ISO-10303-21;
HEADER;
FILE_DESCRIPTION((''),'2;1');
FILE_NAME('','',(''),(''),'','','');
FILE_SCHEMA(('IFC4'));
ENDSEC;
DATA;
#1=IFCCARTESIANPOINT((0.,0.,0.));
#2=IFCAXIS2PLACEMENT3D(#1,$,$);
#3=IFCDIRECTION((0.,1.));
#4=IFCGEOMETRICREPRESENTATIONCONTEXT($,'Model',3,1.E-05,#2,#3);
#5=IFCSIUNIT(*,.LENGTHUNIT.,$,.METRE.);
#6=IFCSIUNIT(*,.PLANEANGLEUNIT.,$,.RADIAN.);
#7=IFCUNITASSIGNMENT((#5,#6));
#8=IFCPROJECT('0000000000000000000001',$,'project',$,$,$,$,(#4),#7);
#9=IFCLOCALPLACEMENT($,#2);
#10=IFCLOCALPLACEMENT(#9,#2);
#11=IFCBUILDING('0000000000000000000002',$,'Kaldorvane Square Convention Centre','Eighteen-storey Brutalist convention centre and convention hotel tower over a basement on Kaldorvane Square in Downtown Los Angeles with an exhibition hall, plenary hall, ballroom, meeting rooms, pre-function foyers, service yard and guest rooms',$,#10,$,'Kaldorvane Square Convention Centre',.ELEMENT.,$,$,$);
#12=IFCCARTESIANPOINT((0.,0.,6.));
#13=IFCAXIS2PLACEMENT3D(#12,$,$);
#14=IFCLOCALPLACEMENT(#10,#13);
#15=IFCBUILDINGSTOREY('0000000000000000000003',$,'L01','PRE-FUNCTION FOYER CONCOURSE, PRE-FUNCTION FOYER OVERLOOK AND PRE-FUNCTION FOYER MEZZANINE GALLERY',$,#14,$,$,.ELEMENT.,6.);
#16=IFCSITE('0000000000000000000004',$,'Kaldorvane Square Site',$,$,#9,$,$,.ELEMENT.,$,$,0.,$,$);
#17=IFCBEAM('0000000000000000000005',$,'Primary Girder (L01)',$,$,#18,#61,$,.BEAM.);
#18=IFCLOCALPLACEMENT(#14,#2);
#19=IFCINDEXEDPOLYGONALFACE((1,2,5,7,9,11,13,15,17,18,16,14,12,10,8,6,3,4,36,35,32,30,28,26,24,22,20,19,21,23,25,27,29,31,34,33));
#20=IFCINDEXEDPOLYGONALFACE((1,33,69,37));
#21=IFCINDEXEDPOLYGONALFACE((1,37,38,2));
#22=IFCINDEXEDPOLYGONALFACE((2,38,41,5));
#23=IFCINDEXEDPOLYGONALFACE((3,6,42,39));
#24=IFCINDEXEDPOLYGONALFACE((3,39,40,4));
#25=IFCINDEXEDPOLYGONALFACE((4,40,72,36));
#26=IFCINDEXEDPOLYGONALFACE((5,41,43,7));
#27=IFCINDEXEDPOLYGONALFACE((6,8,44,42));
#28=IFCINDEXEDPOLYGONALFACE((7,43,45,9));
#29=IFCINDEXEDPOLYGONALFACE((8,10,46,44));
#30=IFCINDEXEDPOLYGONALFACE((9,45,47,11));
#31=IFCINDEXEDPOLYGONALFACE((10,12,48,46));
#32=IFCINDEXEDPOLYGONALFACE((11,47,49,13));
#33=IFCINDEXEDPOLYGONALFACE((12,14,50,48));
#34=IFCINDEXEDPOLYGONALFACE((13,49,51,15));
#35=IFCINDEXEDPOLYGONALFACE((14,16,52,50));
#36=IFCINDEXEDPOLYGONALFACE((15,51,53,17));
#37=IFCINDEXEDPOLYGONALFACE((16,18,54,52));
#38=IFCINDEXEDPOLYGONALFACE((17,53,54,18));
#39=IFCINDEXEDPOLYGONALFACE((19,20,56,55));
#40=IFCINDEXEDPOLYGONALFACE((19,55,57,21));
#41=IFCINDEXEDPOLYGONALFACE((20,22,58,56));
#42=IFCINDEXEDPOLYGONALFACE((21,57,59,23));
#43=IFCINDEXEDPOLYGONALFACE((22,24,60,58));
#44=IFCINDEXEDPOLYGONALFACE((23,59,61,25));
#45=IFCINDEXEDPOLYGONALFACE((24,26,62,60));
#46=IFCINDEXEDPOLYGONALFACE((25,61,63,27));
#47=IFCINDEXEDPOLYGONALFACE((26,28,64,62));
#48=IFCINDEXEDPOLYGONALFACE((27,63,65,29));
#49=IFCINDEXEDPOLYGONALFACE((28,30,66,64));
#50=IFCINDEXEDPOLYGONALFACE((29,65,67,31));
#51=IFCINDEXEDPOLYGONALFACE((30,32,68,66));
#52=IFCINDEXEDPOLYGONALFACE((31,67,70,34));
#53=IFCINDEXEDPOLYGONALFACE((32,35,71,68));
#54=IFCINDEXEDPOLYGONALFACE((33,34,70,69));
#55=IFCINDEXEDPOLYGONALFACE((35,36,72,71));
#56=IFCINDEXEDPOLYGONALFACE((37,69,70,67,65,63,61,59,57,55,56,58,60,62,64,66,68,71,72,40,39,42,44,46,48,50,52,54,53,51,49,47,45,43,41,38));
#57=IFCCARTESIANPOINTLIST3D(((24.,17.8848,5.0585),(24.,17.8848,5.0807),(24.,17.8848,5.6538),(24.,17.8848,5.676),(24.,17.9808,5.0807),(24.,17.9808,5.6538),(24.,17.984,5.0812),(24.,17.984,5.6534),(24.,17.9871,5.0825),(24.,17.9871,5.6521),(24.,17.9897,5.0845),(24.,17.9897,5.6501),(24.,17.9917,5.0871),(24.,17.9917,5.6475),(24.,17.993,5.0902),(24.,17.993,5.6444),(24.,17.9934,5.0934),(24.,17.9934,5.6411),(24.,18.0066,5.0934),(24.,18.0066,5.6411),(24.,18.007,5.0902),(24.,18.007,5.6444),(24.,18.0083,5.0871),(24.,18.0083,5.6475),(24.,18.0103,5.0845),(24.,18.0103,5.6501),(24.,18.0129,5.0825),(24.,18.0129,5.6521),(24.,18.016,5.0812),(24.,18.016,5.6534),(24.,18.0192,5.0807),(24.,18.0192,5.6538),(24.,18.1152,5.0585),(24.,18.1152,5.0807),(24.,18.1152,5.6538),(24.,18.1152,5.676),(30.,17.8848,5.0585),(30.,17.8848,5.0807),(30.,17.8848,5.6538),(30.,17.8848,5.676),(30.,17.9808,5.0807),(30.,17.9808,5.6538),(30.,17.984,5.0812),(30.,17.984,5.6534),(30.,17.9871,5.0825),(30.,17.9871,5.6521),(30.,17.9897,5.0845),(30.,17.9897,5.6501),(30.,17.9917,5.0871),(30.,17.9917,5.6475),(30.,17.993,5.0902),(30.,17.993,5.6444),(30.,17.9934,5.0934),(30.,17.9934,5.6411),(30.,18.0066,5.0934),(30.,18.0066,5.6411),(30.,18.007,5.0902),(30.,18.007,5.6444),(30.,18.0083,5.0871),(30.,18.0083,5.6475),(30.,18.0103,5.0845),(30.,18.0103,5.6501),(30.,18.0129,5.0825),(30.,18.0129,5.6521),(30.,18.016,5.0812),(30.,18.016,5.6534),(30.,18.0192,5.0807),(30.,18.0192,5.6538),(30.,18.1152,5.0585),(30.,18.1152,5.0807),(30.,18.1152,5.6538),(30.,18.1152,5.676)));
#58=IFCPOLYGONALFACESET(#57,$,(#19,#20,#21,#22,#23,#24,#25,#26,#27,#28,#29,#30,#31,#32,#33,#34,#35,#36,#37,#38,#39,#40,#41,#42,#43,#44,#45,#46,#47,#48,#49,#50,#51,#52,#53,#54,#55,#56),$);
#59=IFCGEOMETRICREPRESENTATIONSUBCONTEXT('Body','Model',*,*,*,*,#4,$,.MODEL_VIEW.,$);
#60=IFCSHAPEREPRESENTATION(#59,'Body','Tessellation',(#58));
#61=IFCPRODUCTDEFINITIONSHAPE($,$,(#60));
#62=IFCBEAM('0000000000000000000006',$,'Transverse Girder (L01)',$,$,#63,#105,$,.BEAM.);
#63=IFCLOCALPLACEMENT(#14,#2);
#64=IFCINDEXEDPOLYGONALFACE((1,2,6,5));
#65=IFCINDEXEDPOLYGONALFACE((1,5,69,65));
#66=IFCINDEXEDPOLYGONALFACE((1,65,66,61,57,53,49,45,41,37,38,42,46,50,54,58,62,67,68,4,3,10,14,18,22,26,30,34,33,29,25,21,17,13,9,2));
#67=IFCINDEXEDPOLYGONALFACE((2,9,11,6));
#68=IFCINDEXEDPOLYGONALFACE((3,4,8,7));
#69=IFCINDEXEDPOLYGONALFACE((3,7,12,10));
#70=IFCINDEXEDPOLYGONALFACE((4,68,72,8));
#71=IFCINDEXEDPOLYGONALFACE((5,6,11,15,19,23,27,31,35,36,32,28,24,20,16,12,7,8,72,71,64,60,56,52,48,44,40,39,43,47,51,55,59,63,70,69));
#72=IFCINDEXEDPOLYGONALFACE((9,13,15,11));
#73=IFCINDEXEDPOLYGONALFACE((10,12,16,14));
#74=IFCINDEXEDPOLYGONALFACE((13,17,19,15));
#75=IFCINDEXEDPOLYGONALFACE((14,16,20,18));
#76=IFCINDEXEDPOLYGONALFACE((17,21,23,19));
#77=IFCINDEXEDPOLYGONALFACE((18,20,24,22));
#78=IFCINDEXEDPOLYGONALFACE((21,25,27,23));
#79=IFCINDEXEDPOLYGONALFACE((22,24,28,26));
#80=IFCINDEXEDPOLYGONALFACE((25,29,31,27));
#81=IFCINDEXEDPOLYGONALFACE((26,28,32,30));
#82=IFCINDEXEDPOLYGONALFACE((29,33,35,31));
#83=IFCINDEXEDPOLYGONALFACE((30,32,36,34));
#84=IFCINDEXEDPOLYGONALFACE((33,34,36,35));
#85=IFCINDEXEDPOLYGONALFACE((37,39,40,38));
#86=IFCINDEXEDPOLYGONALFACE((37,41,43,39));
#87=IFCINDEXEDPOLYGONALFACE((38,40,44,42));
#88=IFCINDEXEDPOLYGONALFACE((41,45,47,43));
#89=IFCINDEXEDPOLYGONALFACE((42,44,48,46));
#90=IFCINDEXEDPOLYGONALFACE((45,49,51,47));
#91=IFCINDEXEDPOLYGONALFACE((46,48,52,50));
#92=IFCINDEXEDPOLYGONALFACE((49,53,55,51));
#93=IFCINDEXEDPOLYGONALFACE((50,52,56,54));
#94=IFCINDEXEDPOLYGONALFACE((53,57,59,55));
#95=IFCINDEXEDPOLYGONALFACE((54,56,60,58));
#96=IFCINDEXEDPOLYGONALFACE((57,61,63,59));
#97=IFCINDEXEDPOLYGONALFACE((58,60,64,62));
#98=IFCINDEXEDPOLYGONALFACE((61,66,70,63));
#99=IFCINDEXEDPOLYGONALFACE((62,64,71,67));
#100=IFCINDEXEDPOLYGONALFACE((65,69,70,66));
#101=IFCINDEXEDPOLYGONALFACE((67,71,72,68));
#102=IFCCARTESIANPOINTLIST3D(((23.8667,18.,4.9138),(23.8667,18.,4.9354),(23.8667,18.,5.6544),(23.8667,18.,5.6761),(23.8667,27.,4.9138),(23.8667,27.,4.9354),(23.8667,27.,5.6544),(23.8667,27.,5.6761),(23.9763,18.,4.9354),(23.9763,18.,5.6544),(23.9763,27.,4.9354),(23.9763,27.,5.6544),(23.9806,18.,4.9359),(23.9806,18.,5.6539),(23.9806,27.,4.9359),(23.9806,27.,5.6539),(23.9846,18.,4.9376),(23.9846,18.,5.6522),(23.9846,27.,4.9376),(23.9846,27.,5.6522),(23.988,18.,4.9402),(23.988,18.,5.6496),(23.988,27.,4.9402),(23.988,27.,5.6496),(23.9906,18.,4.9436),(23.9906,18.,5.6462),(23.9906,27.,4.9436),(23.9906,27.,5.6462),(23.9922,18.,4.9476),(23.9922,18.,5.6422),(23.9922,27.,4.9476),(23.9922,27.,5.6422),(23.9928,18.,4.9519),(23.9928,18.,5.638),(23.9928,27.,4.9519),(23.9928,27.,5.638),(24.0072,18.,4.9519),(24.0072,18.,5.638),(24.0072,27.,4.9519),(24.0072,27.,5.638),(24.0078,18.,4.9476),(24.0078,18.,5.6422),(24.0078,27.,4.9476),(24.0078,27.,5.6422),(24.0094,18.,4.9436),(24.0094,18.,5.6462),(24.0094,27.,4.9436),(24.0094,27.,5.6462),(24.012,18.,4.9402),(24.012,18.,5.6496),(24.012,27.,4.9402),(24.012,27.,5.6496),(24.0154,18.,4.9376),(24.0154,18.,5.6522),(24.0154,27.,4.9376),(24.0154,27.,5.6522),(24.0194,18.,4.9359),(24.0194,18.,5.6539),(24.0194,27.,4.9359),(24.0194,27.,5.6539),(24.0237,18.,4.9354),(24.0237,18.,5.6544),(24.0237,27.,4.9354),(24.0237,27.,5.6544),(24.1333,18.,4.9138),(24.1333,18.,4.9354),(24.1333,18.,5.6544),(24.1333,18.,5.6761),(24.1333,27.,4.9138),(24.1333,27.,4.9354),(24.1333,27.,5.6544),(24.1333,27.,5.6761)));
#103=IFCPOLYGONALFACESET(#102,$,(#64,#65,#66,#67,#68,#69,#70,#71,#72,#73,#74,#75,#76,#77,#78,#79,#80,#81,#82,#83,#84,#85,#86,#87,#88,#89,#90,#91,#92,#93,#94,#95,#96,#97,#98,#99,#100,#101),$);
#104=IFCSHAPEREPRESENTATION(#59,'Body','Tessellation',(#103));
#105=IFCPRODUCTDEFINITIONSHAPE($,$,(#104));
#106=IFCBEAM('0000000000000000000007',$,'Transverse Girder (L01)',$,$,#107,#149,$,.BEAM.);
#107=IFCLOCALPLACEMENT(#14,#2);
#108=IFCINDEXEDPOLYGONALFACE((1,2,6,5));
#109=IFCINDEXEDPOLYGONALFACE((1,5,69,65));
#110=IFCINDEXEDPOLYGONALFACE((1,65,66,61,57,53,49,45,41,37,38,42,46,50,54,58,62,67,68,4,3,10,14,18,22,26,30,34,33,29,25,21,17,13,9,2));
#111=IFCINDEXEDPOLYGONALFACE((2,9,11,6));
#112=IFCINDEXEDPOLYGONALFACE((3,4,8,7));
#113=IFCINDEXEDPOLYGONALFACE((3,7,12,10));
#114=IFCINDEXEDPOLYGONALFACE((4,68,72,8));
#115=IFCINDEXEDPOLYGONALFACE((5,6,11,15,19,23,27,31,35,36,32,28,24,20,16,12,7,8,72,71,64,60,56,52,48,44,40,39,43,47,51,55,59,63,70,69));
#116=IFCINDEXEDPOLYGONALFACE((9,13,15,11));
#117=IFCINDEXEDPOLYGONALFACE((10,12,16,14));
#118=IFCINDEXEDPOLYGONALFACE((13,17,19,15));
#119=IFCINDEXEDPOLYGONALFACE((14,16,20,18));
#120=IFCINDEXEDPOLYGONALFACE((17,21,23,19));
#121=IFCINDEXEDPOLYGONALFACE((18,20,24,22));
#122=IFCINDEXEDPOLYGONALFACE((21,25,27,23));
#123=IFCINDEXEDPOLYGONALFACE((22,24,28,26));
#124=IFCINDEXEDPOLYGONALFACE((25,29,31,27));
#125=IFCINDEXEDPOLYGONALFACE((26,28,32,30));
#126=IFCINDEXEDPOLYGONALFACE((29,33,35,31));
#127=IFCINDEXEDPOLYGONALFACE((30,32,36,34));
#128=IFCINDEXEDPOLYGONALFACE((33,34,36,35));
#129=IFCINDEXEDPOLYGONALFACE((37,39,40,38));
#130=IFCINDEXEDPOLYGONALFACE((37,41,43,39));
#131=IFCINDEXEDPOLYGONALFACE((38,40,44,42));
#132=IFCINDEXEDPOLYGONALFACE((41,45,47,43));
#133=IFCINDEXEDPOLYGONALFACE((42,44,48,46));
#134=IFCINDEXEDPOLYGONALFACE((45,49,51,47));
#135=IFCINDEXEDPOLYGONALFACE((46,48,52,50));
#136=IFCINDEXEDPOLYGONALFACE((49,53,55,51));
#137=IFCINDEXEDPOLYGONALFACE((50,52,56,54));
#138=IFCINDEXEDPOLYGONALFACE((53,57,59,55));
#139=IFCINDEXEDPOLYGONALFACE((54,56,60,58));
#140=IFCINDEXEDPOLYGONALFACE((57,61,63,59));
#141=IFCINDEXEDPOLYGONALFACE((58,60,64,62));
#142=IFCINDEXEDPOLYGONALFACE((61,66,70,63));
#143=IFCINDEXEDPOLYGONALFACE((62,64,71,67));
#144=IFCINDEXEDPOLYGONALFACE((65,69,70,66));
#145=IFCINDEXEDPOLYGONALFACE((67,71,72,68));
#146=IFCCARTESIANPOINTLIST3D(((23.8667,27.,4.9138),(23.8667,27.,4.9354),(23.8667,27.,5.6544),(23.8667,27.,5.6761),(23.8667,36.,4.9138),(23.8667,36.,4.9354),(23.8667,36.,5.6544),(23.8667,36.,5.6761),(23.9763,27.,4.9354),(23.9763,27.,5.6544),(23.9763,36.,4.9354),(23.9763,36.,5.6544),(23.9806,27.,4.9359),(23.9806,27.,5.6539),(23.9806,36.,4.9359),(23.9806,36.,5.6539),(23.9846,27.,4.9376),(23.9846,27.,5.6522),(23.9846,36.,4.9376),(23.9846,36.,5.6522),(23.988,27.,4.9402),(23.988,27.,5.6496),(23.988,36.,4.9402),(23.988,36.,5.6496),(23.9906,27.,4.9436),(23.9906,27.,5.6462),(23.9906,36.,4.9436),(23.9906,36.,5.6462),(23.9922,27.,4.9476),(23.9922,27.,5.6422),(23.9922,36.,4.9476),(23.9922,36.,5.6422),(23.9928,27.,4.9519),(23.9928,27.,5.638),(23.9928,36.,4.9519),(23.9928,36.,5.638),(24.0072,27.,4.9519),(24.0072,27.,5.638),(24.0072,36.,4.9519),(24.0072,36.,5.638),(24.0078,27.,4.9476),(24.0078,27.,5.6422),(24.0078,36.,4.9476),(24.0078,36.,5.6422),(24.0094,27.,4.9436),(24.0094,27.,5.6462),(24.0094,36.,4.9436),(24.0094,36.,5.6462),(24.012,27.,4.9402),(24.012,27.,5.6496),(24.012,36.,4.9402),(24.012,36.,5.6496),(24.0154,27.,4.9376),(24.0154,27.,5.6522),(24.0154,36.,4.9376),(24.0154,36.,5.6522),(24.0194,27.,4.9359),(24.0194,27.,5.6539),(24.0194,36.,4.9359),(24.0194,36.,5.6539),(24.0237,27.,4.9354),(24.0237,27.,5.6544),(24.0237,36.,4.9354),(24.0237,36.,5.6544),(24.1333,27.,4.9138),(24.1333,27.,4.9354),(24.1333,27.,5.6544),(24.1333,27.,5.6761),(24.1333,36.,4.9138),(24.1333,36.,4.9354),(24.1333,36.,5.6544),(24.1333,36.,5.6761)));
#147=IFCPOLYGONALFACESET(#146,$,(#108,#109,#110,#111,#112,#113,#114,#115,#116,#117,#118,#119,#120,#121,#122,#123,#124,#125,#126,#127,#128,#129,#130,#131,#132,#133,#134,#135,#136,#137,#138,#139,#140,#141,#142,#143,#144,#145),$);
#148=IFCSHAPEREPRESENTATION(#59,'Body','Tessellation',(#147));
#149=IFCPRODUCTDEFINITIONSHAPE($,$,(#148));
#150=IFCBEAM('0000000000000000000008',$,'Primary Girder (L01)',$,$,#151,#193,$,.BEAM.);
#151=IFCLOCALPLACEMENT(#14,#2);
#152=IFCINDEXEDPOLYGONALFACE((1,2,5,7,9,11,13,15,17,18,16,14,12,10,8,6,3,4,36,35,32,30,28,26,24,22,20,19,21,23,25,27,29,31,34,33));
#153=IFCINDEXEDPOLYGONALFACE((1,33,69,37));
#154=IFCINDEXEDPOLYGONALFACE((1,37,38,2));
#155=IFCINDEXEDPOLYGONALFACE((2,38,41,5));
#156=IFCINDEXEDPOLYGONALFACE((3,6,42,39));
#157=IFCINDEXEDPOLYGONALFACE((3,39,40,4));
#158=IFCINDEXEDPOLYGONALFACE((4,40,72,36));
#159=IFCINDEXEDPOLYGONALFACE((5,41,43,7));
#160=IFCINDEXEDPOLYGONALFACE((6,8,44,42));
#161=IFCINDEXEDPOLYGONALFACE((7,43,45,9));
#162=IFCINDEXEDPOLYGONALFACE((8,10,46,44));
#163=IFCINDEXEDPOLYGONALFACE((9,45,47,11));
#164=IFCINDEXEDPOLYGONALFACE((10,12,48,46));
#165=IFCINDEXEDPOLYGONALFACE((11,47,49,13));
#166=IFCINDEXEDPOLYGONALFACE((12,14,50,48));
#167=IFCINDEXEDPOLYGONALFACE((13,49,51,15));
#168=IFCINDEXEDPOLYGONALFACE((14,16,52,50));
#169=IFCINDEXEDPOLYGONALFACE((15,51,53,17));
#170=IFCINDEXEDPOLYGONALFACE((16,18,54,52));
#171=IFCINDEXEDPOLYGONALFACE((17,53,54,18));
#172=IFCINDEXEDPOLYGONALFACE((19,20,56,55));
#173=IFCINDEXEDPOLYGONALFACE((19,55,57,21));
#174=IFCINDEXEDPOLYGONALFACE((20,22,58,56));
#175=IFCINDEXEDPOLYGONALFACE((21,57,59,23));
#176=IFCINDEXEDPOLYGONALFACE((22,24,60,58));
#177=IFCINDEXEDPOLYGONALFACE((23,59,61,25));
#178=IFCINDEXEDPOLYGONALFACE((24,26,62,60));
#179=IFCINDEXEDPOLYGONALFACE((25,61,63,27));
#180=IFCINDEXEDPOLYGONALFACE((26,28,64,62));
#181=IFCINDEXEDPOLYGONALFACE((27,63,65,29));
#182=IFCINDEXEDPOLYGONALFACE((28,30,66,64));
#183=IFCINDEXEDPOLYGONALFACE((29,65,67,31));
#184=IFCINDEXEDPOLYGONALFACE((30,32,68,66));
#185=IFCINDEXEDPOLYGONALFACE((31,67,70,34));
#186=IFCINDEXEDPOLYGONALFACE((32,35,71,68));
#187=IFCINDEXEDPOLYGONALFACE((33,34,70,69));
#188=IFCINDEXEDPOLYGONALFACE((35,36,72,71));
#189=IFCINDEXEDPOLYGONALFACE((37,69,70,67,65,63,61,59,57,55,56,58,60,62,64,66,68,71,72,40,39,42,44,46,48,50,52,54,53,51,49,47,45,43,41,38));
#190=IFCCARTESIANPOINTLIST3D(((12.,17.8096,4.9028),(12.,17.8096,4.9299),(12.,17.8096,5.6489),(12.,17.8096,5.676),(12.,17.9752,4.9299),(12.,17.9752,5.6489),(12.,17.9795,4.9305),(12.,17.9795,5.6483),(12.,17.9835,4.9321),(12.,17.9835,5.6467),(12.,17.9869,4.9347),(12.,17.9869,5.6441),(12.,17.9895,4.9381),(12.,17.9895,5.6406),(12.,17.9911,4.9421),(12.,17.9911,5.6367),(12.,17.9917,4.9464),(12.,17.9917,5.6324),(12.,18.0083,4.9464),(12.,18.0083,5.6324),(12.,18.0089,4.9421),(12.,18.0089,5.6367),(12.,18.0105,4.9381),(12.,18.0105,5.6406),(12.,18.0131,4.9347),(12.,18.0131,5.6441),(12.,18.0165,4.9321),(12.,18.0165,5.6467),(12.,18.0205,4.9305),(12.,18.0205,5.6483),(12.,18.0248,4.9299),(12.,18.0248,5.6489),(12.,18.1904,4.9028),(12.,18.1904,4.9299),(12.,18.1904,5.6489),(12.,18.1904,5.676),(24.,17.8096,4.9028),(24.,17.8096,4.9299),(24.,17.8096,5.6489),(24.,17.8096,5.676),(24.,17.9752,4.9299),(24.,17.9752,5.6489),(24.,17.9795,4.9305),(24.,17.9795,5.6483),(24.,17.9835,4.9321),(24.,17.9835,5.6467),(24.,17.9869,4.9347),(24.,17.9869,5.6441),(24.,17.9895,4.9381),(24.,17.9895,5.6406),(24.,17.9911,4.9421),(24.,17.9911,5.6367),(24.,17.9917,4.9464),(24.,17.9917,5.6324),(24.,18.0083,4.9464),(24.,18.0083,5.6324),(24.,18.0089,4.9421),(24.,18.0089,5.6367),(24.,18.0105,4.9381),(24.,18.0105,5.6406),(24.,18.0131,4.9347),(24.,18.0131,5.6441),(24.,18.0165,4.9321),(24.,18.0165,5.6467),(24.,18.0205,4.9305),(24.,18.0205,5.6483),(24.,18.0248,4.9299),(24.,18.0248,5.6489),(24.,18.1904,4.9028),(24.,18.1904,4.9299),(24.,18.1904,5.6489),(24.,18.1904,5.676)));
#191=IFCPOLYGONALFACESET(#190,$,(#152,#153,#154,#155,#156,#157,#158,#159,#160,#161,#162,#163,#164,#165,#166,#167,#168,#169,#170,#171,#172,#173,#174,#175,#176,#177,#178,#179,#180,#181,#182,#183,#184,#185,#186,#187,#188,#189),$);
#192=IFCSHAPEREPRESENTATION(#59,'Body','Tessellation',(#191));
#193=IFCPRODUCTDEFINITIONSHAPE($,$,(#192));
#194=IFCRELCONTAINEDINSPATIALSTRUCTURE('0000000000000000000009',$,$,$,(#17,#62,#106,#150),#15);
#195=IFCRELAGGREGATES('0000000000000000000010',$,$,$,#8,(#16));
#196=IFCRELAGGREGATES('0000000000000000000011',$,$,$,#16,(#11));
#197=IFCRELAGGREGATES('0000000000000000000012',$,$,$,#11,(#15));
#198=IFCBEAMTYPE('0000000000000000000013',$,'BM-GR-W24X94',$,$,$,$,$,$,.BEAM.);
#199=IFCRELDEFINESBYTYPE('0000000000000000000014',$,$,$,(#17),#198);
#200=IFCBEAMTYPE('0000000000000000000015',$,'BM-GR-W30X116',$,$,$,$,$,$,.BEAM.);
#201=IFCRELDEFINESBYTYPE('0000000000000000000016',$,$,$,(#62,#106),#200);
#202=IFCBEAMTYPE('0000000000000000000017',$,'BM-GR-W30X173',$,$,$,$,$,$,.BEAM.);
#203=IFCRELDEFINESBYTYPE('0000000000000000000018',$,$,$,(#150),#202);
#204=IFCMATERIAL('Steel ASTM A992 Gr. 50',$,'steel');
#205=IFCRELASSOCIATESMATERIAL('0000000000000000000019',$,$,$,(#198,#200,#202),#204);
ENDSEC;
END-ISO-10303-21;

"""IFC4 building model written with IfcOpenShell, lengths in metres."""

from ifc_helpers import new_model, si_unit, direction, frame, origin, origin_2d, place, context, subcontext, project, spatial, i_section, extrude, material, material_profile, profile_set, type_object, element, save


model = new_model("IFC4")

# Units and contexts
model_context = context("Model", 3, precision=1e-05, world=origin(), true_north=direction((0.0, 1.0)))
body_context = subcontext(model_context, "Body", "Model", "MODEL_VIEW")
ifc_project = project(units=[si_unit("LENGTHUNIT", "METRE"), si_unit("PLANEANGLEUNIT", "RADIAN")], contexts=[model_context])

# Site, building, storey
site_placement = place(None, origin())
site = spatial("IfcSite", under=ifc_project, at=site_placement, Name="Kaldorvane Square Site", CompositionType="ELEMENT", RefElevation=0.0)
building_placement = place(site_placement, origin())
building = spatial("IfcBuilding", under=site, at=building_placement, Name="Kaldorvane Square Convention Centre", Description="Eighteen-storey Brutalist convention centre and convention hotel tower over a basement on Kaldorvane Square in Downtown Los Angeles with an exhibition hall, plenary hall, ballroom, meeting rooms, pre-function foyers, service yard and guest rooms", LongName="Kaldorvane Square Convention Centre", CompositionType="ELEMENT")
storey_placement = place(building_placement, frame((0.0, 0.0, 6.0)))
storey = spatial("IfcBuildingStorey", under=building, at=storey_placement, Name="L01", Description="PRE-FUNCTION FOYER CONCOURSE, PRE-FUNCTION FOYER OVERLOOK AND PRE-FUNCTION FOYER MEZZANINE GALLERY", CompositionType="ELEMENT", Elevation=6.0)

# Shared definitions
ifc_material_1 = material(Name="Steel ASTM A992 Gr. 50", Category="steel")

# Beams
ifc_material_profile_1 = material_profile(ifc_material_1, i_section(OverallWidth=0.2303, OverallDepth=0.6175, WebThickness=0.0131, FlangeThickness=0.0222, FilletRadius=0.0127, at=origin_2d()), Name="W24X94")
ifc_profile_set_1 = profile_set([ifc_material_profile_1], Name="Steel ASTM A992 Gr. 50")
beam_type_1 = type_object("IfcBeamType", Name="BM-GR-W24X94", PredefinedType="BEAM", material=ifc_profile_set_1)
beam_1_placement = place(storey_placement, frame((24.0, 18.0, 5.3673), z_axis=(1.0, 0.0, 0.0), x_axis=(0.0, 1.0, 0.0)))
element("IfcBeam", 1, at=beam_1_placement, inside=storey, type_object=beam_type_1, Name="Primary Girder (L01)", PredefinedType="BEAM", context=body_context, shape_type="SweptSolid", body=[
    extrude(i_section(OverallWidth=0.2303, OverallDepth=0.6175, WebThickness=0.0131, FlangeThickness=0.0222, FilletRadius=0.0127, at=origin_2d()), origin(), (0.0, 0.0, 1.0), 6.0),
])
ifc_material_profile_2 = material_profile(ifc_material_1, i_section(OverallWidth=0.2666, OverallDepth=0.7623, WebThickness=0.0144, FlangeThickness=0.0216, FilletRadius=0.0165, at=origin_2d()), Name="W30X116")
ifc_profile_set_2 = profile_set([ifc_material_profile_2], Name="Steel ASTM A992 Gr. 50")
beam_type_2 = type_object("IfcBeamType", Name="BM-GR-W30X116", PredefinedType="BEAM", material=ifc_profile_set_2)
for number, where, z_axis, x_axis, name in (
    (2, (24.0, 18.0, 5.2949), (0.0, 1.0, 0.0), (-1.0, 0.0, 0.0), "Transverse Girder (L01)"),
    (3, (24.0, 27.0, 5.2949), (0.0, 1.0, 0.0), (-1.0, 0.0, 0.0), "Transverse Girder (L01)"),
):
    element("IfcBeam", number, at=place(storey_placement, frame(where, z_axis=z_axis, x_axis=x_axis)), inside=storey, type_object=beam_type_2, Name=name, PredefinedType="BEAM", context=body_context, shape_type="SweptSolid", body=[
        extrude(i_section(OverallWidth=0.2666, OverallDepth=0.7623, WebThickness=0.0144, FlangeThickness=0.0216, FilletRadius=0.0165, at=origin_2d()), origin(), (0.0, 0.0, 1.0), 9.0),
    ])
ifc_material_profile_3 = material_profile(ifc_material_1, i_section(OverallWidth=0.3807, OverallDepth=0.7732, WebThickness=0.0166, FlangeThickness=0.0271, FilletRadius=0.0165, at=origin_2d()), Name="W30X173")
ifc_profile_set_3 = profile_set([ifc_material_profile_3], Name="Steel ASTM A992 Gr. 50")
beam_type_3 = type_object("IfcBeamType", Name="BM-GR-W30X173", PredefinedType="BEAM", material=ifc_profile_set_3)
for number, where, z_axis, x_axis, name in (
    (4, (12.0, 18.0, 5.2894), (1.0, 0.0, 0.0), (0.0, 1.0, 0.0), "Primary Girder (L01)"),
):
    element("IfcBeam", number, at=place(storey_placement, frame(where, z_axis=z_axis, x_axis=x_axis)), inside=storey, type_object=beam_type_3, Name=name, PredefinedType="BEAM", context=body_context, shape_type="SweptSolid", body=[
        extrude(i_section(OverallWidth=0.3807, OverallDepth=0.7732, WebThickness=0.0166, FlangeThickness=0.0271, FilletRadius=0.0165, at=origin_2d()), origin(), (0.0, 0.0, 1.0), 12.0),
    ])

save(model, "model.ifc")
